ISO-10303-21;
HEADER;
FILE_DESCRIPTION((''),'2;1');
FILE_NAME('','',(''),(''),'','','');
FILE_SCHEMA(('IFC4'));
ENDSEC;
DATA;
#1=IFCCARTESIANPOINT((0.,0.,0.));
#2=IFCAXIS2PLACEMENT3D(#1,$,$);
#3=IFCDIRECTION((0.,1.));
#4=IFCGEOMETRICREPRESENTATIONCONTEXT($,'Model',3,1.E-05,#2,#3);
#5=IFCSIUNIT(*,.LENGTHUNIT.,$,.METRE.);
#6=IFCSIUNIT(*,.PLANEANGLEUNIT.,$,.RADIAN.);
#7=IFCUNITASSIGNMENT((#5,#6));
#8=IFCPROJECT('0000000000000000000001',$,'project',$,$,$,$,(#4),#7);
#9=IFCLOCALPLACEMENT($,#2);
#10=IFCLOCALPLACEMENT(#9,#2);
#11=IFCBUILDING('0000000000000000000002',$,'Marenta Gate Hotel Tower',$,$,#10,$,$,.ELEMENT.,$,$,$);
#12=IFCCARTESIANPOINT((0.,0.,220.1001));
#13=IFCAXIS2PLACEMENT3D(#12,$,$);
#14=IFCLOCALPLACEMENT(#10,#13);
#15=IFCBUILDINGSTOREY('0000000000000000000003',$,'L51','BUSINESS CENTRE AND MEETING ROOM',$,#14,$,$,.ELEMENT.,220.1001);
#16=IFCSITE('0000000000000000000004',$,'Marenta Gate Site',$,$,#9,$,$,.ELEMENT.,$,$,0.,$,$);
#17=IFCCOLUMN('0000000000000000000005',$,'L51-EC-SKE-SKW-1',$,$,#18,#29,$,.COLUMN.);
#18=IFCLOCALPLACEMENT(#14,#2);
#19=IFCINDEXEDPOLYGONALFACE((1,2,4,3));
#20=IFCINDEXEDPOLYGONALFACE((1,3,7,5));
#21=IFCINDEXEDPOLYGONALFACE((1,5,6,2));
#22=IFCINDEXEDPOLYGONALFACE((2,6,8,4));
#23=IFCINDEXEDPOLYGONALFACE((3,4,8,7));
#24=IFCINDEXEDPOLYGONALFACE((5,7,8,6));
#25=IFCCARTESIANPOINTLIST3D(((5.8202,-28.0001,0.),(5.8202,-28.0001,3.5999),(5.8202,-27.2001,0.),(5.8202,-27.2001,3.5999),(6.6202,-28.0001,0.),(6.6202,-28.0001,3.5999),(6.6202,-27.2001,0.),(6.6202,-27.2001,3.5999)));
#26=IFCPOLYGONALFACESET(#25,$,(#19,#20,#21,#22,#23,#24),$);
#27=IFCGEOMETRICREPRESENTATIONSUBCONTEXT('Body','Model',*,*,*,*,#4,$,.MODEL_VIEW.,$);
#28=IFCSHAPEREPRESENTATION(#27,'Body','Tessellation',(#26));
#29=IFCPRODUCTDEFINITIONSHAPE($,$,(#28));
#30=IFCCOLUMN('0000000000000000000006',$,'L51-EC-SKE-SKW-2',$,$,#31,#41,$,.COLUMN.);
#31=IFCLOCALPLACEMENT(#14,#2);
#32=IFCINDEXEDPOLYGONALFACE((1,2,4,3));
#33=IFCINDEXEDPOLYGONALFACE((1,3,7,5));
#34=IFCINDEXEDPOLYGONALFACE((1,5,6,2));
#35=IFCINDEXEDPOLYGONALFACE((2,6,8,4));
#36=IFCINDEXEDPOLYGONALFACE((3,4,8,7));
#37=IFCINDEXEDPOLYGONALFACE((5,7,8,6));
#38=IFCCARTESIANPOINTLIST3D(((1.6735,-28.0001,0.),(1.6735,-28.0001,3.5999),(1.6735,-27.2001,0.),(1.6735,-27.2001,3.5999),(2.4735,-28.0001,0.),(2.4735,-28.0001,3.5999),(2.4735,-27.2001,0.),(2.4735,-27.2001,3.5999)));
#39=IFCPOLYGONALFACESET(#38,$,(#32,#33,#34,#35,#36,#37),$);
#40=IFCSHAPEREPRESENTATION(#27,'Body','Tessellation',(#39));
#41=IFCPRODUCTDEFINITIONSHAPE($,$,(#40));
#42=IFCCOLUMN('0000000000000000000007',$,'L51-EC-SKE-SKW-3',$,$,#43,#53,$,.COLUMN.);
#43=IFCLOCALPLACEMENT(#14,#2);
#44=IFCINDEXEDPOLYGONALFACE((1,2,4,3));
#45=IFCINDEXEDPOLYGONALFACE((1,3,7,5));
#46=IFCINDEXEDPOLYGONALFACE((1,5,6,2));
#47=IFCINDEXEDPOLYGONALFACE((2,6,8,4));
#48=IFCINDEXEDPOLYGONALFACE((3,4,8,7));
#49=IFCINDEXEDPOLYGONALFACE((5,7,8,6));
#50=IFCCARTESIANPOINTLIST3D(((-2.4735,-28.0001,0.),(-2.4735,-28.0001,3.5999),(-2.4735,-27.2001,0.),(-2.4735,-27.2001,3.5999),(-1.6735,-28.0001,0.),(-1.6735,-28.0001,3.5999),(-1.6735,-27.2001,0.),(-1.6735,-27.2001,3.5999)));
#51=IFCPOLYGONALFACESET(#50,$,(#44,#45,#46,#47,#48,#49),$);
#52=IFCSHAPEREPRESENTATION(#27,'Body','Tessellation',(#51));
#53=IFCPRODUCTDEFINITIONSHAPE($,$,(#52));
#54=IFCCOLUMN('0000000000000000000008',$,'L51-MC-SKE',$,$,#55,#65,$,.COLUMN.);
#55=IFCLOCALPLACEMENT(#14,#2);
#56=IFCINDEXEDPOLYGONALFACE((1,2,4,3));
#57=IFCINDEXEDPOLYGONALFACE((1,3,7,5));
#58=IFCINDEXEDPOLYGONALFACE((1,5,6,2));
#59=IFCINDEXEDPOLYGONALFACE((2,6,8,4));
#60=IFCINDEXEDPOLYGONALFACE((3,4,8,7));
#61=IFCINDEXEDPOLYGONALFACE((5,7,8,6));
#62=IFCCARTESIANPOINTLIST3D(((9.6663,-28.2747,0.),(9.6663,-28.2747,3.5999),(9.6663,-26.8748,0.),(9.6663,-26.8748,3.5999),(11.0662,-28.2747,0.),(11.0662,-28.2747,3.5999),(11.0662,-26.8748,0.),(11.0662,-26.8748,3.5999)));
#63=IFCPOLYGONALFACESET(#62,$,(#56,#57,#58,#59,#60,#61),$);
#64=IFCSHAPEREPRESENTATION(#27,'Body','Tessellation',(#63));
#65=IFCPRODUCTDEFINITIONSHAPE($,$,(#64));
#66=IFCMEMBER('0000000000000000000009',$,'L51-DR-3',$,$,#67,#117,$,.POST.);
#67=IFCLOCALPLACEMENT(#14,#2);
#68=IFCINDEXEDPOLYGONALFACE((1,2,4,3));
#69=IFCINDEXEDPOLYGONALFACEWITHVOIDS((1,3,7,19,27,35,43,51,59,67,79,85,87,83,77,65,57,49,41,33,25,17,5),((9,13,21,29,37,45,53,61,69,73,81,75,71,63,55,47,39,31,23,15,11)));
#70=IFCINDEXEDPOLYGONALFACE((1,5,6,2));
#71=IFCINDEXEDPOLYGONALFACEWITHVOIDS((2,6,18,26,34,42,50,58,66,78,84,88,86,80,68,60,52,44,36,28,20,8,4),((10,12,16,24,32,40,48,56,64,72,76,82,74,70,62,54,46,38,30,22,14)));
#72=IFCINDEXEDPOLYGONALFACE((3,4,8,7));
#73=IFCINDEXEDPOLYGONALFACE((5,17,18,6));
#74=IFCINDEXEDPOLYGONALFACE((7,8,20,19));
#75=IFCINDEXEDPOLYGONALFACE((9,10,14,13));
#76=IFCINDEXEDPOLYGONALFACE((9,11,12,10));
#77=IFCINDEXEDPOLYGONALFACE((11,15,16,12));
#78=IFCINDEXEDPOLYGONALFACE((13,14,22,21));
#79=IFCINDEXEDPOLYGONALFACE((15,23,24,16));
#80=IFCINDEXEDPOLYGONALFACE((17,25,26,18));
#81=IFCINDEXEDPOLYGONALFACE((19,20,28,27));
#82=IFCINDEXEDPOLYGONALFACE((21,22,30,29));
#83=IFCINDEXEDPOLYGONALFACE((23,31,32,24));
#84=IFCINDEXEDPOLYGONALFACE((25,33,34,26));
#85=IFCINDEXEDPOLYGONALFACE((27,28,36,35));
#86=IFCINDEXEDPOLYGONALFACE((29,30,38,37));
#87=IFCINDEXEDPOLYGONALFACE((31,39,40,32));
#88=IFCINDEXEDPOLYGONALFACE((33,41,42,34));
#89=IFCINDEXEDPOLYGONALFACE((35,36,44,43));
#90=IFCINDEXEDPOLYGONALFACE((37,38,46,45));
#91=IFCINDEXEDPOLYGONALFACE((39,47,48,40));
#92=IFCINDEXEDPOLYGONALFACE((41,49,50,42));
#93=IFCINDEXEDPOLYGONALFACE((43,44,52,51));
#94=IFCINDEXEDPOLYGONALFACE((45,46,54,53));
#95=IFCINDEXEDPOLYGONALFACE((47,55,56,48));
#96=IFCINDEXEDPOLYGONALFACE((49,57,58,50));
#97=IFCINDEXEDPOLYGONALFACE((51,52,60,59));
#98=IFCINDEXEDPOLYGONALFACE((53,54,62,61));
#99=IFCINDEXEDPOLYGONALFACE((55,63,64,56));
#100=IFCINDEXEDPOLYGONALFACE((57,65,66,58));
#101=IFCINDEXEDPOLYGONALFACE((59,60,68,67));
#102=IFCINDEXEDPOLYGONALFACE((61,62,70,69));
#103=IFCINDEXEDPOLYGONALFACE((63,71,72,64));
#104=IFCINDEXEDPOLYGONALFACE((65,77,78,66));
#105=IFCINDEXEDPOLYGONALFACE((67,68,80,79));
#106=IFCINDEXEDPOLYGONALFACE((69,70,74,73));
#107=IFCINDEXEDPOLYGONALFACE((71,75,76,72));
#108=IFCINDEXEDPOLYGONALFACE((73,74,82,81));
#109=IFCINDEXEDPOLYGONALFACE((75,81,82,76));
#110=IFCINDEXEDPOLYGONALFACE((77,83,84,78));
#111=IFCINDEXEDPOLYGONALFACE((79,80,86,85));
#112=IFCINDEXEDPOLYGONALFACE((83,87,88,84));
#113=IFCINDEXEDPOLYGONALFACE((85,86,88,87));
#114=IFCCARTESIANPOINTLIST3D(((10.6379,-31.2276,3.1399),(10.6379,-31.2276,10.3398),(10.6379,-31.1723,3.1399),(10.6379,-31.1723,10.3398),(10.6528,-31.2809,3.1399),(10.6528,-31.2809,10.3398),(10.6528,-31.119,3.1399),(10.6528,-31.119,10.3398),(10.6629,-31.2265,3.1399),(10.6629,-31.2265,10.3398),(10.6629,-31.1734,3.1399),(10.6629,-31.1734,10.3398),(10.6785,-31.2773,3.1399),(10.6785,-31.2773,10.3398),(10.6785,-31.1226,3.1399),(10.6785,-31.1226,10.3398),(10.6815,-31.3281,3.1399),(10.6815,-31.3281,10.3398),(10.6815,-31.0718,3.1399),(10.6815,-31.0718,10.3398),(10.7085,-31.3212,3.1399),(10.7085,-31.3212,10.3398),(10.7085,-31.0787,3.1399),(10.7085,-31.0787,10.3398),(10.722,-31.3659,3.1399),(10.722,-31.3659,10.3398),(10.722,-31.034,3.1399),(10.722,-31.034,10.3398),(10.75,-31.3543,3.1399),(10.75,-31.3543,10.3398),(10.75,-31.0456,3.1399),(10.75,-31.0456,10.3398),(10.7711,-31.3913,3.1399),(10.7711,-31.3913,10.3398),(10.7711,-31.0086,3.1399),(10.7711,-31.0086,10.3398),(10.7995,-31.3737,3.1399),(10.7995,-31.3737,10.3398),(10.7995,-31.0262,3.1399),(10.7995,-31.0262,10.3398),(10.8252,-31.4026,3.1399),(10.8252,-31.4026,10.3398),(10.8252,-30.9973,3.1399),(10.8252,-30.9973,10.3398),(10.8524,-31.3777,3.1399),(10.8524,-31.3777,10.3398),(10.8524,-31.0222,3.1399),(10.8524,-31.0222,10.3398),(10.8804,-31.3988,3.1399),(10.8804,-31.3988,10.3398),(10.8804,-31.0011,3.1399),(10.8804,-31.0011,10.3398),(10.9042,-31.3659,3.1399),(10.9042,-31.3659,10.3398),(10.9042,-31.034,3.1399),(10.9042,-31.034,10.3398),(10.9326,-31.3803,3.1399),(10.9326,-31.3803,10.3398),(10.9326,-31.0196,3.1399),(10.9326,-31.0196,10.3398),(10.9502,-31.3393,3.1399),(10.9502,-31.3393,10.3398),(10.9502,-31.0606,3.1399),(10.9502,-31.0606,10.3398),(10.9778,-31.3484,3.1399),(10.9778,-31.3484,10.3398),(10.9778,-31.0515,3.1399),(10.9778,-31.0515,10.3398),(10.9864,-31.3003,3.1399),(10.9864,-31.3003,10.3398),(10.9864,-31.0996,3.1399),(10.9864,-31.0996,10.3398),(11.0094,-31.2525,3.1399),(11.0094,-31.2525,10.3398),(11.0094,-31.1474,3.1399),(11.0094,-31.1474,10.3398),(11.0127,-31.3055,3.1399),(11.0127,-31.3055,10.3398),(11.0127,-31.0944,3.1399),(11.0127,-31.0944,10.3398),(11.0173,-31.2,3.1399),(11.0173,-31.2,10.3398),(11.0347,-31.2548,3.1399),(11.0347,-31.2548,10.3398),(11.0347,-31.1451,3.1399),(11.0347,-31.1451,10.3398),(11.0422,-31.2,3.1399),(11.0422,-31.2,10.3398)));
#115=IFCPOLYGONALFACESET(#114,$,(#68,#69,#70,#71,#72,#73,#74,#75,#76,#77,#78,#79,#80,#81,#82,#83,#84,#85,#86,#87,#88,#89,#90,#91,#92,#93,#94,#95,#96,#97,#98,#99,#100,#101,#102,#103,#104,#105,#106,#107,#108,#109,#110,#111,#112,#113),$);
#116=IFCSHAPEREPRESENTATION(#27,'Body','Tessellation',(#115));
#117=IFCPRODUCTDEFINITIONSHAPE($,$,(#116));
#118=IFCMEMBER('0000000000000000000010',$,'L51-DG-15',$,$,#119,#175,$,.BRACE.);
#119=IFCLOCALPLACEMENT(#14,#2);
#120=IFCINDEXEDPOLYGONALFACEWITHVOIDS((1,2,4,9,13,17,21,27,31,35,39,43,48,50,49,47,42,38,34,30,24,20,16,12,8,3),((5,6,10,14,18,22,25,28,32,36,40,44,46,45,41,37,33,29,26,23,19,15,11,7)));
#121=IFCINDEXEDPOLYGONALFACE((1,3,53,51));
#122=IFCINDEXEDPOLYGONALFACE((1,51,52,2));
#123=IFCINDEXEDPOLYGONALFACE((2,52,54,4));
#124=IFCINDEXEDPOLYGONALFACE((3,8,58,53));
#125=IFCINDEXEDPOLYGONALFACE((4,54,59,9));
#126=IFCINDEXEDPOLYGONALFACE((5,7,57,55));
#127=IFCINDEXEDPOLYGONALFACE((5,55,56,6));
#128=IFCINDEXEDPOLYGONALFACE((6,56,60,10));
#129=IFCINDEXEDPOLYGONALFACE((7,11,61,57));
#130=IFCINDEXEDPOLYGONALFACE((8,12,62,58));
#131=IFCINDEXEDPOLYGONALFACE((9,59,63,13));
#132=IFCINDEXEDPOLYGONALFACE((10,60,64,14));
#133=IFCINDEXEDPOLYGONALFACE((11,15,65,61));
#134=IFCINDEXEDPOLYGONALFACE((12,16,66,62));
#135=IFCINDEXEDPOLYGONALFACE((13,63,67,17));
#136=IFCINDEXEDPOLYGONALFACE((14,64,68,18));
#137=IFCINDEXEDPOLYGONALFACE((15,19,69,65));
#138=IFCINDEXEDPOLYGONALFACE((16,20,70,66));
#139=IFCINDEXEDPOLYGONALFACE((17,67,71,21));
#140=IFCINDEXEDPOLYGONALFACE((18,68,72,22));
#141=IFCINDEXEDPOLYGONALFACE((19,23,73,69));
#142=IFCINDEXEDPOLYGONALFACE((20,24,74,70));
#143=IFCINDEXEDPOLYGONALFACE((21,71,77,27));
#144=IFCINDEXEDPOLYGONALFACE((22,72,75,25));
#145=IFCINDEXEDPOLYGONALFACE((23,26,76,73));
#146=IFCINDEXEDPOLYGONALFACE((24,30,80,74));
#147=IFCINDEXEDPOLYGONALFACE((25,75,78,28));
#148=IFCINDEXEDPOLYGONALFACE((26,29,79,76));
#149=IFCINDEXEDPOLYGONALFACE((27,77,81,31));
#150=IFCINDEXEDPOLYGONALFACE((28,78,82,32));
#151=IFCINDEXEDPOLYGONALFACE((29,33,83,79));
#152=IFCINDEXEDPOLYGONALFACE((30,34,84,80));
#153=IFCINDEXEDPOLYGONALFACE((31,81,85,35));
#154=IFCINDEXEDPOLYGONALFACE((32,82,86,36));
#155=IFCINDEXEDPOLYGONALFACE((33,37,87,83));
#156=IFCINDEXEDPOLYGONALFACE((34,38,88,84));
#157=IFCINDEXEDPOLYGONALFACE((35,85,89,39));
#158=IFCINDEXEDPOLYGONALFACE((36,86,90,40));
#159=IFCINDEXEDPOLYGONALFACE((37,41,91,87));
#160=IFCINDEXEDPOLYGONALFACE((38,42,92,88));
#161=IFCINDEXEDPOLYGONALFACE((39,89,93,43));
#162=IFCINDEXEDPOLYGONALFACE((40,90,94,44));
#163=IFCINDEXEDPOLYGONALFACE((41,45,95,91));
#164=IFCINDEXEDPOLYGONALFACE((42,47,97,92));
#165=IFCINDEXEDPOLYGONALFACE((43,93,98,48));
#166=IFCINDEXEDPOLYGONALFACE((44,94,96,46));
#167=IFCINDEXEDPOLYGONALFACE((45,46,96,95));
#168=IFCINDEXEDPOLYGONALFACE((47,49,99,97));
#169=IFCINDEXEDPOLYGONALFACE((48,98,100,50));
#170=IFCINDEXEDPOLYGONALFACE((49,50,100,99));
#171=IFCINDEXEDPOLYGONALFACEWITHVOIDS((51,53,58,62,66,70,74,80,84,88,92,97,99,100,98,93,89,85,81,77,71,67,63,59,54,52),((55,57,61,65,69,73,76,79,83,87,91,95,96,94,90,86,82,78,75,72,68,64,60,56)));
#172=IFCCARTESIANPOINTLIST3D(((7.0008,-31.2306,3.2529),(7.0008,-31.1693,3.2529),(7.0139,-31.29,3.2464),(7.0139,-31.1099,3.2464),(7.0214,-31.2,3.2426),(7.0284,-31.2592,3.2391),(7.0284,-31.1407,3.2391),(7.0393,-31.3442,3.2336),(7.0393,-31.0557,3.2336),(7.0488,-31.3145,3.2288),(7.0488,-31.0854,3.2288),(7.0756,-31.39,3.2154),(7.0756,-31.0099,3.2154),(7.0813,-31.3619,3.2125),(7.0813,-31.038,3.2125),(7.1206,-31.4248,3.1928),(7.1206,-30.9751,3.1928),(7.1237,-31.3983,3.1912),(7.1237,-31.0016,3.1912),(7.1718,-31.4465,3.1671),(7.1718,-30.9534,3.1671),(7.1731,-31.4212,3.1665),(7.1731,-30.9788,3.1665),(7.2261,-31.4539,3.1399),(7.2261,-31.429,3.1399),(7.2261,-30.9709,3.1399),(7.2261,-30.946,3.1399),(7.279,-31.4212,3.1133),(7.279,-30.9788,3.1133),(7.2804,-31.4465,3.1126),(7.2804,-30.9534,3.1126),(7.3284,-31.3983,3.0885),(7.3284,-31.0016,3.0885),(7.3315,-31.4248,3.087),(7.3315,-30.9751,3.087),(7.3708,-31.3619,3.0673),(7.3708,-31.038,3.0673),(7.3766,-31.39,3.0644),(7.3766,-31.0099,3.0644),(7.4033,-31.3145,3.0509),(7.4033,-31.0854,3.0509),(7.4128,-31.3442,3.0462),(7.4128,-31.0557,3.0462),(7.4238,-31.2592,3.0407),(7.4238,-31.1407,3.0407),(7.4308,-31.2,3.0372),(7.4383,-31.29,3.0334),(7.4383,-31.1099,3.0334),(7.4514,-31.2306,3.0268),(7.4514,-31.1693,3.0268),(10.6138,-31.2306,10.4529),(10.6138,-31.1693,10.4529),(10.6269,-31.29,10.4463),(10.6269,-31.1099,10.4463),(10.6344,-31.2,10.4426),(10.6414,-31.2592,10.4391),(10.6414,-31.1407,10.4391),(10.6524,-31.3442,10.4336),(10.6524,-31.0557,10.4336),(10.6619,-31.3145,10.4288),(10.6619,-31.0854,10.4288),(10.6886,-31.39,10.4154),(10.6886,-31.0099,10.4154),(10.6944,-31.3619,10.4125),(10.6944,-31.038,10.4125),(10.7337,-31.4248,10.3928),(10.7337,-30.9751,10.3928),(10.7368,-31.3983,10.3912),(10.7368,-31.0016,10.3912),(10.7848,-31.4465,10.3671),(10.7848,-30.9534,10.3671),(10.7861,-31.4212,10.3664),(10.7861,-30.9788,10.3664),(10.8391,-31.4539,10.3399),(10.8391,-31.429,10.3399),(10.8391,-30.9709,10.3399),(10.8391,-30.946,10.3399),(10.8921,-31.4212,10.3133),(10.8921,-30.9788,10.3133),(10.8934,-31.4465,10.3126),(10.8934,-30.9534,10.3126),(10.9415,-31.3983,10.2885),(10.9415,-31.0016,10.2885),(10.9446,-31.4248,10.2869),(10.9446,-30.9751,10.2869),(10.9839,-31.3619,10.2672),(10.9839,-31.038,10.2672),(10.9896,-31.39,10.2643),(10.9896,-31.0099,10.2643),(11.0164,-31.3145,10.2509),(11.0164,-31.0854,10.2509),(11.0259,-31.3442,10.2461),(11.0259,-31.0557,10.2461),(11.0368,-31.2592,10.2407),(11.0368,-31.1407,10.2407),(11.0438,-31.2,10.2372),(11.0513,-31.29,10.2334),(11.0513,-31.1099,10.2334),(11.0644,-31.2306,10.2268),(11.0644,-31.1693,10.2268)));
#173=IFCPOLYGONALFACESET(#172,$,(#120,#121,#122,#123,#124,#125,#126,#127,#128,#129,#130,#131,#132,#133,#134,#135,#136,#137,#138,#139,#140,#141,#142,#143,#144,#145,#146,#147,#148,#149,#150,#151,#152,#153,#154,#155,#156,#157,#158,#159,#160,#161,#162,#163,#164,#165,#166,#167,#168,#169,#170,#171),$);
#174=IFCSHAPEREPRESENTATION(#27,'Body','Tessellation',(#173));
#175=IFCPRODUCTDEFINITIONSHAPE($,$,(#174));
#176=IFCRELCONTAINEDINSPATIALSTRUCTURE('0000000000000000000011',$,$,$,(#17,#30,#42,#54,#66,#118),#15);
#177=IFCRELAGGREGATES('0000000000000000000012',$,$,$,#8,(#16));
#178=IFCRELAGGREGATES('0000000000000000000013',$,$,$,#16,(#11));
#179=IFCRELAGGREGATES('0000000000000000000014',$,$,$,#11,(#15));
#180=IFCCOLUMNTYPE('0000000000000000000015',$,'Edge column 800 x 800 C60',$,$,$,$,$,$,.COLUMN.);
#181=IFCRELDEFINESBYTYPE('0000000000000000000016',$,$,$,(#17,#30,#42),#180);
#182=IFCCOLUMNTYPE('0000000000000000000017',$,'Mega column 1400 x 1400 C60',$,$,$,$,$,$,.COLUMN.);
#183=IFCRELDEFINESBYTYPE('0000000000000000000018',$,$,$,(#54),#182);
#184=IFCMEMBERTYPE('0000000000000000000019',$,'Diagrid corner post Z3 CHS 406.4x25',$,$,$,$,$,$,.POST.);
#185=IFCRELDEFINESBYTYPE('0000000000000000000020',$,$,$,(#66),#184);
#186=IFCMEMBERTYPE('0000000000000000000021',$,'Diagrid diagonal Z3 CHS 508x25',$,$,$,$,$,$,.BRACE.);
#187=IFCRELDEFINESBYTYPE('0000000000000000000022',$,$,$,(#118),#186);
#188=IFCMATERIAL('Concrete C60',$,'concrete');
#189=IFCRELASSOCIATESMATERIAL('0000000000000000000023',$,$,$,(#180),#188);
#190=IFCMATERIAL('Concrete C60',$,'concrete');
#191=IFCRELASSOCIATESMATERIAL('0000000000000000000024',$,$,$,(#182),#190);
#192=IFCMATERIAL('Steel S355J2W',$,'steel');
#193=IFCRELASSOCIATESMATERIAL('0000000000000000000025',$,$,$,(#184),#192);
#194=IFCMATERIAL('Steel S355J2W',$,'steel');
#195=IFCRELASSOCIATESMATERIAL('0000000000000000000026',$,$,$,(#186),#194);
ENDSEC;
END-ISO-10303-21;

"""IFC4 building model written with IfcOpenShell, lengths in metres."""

from ifc_helpers import new_model, si_unit, direction, frame, origin, origin_2d, place, context, subcontext, project, spatial, rectangle, hollow_circle, extrude, material, material_profile, profile_set, type_object, element, save


model = new_model("IFC4")

# Units and contexts
model_context = context("Model", 3, precision=1e-05, world=origin(), true_north=direction((0.0, 1.0)))
body_context = subcontext(model_context, "Body", "Model", "MODEL_VIEW")
ifc_project = project(units=[si_unit("LENGTHUNIT", "METRE"), si_unit("PLANEANGLEUNIT", "RADIAN")], contexts=[model_context])

# Site, building, storey
site_placement = place(None, origin())
site = spatial("IfcSite", under=ifc_project, at=site_placement, Name="Marenta Gate Site", CompositionType="ELEMENT", RefElevation=0.0)
building_placement = place(site_placement, origin())
building = spatial("IfcBuilding", under=site, at=building_placement, Name="Marenta Gate Hotel Tower", CompositionType="ELEMENT")
storey_placement = place(building_placement, frame((0.0, 0.0, 220.1001)))
storey = spatial("IfcBuildingStorey", under=building, at=storey_placement, Name="L51", Description="BUSINESS CENTRE AND MEETING ROOM", CompositionType="ELEMENT", Elevation=220.1001)

# Columns
ifc_material_1 = material(Name="Concrete C60", Category="concrete")
ifc_material_profile_1 = material_profile(ifc_material_1, rectangle(XDim=0.8, YDim=0.8, at=origin_2d()), Name="800 x 800")
ifc_profile_set_1 = profile_set([ifc_material_profile_1], Name="Concrete C60")
column_type_1 = type_object("IfcColumnType", Name="Edge column 800 x 800 C60", PredefinedType="COLUMN", material=ifc_profile_set_1)
for number, where, z_axis, x_axis, name in (
    (1, (6.2202, -27.6001, 0.0), (0.0, 0.0, 1.0), (1.0, 0.0, 0.0), "L51-EC-SKE-SKW-1"),
    (2, (2.0735, -27.6001, 0.0), (0.0, 0.0, 1.0), (1.0, 0.0, 0.0), "L51-EC-SKE-SKW-2"),
    (3, (-2.0735, -27.6001, 0.0), (0.0, 0.0, 1.0), (1.0, 0.0, 0.0), "L51-EC-SKE-SKW-3"),
):
    element("IfcColumn", number, at=place(storey_placement, frame(where, z_axis=z_axis, x_axis=x_axis)), inside=storey, type_object=column_type_1, Name=name, PredefinedType="COLUMN", context=body_context, shape_type="SweptSolid", body=[
        extrude(rectangle(XDim=0.8, YDim=0.8, at=origin_2d()), origin(), (0.0, 0.0, 1.0), 3.5999),
    ])
ifc_material_2 = material(Name="Concrete C60", Category="concrete")
ifc_material_profile_2 = material_profile(ifc_material_2, rectangle(XDim=1.3999, YDim=1.3999, at=origin_2d()), Name="1400 x 1400")
ifc_profile_set_2 = profile_set([ifc_material_profile_2], Name="Concrete C60")
column_type_2 = type_object("IfcColumnType", Name="Mega column 1400 x 1400 C60", PredefinedType="COLUMN", material=ifc_profile_set_2)
column_placement = place(storey_placement, frame((10.3662, -27.5747, 0.0), z_axis=(0.0, 0.0, 1.0), x_axis=(1.0, 0.0, 0.0)))
element("IfcColumn", 4, at=column_placement, inside=storey, type_object=column_type_2, Name="L51-MC-SKE", PredefinedType="COLUMN", context=body_context, shape_type="SweptSolid", body=[
    extrude(rectangle(XDim=1.3999, YDim=1.3999, at=origin_2d()), origin(), (0.0, 0.0, 1.0), 3.5999),
])

# Members
ifc_material_3 = material(Name="Steel S355J2W", Category="steel")
ifc_material_profile_3 = material_profile(ifc_material_3, hollow_circle(Radius=0.2031, WallThickness=0.0249, at=origin_2d()), Name="CHS 406.4x25")
ifc_profile_set_3 = profile_set([ifc_material_profile_3], Name="Steel S355J2W")
member_type_1 = type_object("IfcMemberType", Name="Diagrid corner post Z3 CHS 406.4x25", PredefinedType="POST", material=ifc_profile_set_3)
member_1_placement = place(storey_placement, frame((10.8391, -31.2, 3.1399), z_axis=(0.0, 0.0, 1.0), x_axis=(1.0, 0.0, 0.0)))
element("IfcMember", 5, at=member_1_placement, inside=storey, type_object=member_type_1, Name="L51-DR-3", PredefinedType="POST", context=body_context, shape_type="SweptSolid", body=[
    extrude(hollow_circle(Radius=0.2031, WallThickness=0.0249, at=origin_2d()), origin(), (0.0, 0.0, 1.0), 7.2),
])
ifc_material_4 = material(Name="Steel S355J2W", Category="steel")
ifc_material_profile_4 = material_profile(ifc_material_4, hollow_circle(Radius=0.2539, WallThickness=0.0249, at=origin_2d()), Name="CHS 508x25")
ifc_profile_set_4 = profile_set([ifc_material_profile_4], Name="Steel S355J2W")
member_type_2 = type_object("IfcMemberType", Name="Diagrid diagonal Z3 CHS 508x25", PredefinedType="BRACE", material=ifc_profile_set_4)
for number, where, z_axis, x_axis, name in (
    (6, (7.2261, -31.2, 3.1399), (0.44851, 0.0, 0.893778), (0.0, 1.0, 0.0), "L51-DG-15"),
):
    element("IfcMember", number, at=place(storey_placement, frame(where, z_axis=z_axis, x_axis=x_axis)), inside=storey, type_object=member_type_2, Name=name, PredefinedType="BRACE", context=body_context, shape_type="SweptSolid", body=[
        extrude(hollow_circle(Radius=0.2539, WallThickness=0.0249, at=origin_2d()), origin(), (0.0, 0.0, 1.0), 8.0557),
    ])

save(model, "model.ifc")
